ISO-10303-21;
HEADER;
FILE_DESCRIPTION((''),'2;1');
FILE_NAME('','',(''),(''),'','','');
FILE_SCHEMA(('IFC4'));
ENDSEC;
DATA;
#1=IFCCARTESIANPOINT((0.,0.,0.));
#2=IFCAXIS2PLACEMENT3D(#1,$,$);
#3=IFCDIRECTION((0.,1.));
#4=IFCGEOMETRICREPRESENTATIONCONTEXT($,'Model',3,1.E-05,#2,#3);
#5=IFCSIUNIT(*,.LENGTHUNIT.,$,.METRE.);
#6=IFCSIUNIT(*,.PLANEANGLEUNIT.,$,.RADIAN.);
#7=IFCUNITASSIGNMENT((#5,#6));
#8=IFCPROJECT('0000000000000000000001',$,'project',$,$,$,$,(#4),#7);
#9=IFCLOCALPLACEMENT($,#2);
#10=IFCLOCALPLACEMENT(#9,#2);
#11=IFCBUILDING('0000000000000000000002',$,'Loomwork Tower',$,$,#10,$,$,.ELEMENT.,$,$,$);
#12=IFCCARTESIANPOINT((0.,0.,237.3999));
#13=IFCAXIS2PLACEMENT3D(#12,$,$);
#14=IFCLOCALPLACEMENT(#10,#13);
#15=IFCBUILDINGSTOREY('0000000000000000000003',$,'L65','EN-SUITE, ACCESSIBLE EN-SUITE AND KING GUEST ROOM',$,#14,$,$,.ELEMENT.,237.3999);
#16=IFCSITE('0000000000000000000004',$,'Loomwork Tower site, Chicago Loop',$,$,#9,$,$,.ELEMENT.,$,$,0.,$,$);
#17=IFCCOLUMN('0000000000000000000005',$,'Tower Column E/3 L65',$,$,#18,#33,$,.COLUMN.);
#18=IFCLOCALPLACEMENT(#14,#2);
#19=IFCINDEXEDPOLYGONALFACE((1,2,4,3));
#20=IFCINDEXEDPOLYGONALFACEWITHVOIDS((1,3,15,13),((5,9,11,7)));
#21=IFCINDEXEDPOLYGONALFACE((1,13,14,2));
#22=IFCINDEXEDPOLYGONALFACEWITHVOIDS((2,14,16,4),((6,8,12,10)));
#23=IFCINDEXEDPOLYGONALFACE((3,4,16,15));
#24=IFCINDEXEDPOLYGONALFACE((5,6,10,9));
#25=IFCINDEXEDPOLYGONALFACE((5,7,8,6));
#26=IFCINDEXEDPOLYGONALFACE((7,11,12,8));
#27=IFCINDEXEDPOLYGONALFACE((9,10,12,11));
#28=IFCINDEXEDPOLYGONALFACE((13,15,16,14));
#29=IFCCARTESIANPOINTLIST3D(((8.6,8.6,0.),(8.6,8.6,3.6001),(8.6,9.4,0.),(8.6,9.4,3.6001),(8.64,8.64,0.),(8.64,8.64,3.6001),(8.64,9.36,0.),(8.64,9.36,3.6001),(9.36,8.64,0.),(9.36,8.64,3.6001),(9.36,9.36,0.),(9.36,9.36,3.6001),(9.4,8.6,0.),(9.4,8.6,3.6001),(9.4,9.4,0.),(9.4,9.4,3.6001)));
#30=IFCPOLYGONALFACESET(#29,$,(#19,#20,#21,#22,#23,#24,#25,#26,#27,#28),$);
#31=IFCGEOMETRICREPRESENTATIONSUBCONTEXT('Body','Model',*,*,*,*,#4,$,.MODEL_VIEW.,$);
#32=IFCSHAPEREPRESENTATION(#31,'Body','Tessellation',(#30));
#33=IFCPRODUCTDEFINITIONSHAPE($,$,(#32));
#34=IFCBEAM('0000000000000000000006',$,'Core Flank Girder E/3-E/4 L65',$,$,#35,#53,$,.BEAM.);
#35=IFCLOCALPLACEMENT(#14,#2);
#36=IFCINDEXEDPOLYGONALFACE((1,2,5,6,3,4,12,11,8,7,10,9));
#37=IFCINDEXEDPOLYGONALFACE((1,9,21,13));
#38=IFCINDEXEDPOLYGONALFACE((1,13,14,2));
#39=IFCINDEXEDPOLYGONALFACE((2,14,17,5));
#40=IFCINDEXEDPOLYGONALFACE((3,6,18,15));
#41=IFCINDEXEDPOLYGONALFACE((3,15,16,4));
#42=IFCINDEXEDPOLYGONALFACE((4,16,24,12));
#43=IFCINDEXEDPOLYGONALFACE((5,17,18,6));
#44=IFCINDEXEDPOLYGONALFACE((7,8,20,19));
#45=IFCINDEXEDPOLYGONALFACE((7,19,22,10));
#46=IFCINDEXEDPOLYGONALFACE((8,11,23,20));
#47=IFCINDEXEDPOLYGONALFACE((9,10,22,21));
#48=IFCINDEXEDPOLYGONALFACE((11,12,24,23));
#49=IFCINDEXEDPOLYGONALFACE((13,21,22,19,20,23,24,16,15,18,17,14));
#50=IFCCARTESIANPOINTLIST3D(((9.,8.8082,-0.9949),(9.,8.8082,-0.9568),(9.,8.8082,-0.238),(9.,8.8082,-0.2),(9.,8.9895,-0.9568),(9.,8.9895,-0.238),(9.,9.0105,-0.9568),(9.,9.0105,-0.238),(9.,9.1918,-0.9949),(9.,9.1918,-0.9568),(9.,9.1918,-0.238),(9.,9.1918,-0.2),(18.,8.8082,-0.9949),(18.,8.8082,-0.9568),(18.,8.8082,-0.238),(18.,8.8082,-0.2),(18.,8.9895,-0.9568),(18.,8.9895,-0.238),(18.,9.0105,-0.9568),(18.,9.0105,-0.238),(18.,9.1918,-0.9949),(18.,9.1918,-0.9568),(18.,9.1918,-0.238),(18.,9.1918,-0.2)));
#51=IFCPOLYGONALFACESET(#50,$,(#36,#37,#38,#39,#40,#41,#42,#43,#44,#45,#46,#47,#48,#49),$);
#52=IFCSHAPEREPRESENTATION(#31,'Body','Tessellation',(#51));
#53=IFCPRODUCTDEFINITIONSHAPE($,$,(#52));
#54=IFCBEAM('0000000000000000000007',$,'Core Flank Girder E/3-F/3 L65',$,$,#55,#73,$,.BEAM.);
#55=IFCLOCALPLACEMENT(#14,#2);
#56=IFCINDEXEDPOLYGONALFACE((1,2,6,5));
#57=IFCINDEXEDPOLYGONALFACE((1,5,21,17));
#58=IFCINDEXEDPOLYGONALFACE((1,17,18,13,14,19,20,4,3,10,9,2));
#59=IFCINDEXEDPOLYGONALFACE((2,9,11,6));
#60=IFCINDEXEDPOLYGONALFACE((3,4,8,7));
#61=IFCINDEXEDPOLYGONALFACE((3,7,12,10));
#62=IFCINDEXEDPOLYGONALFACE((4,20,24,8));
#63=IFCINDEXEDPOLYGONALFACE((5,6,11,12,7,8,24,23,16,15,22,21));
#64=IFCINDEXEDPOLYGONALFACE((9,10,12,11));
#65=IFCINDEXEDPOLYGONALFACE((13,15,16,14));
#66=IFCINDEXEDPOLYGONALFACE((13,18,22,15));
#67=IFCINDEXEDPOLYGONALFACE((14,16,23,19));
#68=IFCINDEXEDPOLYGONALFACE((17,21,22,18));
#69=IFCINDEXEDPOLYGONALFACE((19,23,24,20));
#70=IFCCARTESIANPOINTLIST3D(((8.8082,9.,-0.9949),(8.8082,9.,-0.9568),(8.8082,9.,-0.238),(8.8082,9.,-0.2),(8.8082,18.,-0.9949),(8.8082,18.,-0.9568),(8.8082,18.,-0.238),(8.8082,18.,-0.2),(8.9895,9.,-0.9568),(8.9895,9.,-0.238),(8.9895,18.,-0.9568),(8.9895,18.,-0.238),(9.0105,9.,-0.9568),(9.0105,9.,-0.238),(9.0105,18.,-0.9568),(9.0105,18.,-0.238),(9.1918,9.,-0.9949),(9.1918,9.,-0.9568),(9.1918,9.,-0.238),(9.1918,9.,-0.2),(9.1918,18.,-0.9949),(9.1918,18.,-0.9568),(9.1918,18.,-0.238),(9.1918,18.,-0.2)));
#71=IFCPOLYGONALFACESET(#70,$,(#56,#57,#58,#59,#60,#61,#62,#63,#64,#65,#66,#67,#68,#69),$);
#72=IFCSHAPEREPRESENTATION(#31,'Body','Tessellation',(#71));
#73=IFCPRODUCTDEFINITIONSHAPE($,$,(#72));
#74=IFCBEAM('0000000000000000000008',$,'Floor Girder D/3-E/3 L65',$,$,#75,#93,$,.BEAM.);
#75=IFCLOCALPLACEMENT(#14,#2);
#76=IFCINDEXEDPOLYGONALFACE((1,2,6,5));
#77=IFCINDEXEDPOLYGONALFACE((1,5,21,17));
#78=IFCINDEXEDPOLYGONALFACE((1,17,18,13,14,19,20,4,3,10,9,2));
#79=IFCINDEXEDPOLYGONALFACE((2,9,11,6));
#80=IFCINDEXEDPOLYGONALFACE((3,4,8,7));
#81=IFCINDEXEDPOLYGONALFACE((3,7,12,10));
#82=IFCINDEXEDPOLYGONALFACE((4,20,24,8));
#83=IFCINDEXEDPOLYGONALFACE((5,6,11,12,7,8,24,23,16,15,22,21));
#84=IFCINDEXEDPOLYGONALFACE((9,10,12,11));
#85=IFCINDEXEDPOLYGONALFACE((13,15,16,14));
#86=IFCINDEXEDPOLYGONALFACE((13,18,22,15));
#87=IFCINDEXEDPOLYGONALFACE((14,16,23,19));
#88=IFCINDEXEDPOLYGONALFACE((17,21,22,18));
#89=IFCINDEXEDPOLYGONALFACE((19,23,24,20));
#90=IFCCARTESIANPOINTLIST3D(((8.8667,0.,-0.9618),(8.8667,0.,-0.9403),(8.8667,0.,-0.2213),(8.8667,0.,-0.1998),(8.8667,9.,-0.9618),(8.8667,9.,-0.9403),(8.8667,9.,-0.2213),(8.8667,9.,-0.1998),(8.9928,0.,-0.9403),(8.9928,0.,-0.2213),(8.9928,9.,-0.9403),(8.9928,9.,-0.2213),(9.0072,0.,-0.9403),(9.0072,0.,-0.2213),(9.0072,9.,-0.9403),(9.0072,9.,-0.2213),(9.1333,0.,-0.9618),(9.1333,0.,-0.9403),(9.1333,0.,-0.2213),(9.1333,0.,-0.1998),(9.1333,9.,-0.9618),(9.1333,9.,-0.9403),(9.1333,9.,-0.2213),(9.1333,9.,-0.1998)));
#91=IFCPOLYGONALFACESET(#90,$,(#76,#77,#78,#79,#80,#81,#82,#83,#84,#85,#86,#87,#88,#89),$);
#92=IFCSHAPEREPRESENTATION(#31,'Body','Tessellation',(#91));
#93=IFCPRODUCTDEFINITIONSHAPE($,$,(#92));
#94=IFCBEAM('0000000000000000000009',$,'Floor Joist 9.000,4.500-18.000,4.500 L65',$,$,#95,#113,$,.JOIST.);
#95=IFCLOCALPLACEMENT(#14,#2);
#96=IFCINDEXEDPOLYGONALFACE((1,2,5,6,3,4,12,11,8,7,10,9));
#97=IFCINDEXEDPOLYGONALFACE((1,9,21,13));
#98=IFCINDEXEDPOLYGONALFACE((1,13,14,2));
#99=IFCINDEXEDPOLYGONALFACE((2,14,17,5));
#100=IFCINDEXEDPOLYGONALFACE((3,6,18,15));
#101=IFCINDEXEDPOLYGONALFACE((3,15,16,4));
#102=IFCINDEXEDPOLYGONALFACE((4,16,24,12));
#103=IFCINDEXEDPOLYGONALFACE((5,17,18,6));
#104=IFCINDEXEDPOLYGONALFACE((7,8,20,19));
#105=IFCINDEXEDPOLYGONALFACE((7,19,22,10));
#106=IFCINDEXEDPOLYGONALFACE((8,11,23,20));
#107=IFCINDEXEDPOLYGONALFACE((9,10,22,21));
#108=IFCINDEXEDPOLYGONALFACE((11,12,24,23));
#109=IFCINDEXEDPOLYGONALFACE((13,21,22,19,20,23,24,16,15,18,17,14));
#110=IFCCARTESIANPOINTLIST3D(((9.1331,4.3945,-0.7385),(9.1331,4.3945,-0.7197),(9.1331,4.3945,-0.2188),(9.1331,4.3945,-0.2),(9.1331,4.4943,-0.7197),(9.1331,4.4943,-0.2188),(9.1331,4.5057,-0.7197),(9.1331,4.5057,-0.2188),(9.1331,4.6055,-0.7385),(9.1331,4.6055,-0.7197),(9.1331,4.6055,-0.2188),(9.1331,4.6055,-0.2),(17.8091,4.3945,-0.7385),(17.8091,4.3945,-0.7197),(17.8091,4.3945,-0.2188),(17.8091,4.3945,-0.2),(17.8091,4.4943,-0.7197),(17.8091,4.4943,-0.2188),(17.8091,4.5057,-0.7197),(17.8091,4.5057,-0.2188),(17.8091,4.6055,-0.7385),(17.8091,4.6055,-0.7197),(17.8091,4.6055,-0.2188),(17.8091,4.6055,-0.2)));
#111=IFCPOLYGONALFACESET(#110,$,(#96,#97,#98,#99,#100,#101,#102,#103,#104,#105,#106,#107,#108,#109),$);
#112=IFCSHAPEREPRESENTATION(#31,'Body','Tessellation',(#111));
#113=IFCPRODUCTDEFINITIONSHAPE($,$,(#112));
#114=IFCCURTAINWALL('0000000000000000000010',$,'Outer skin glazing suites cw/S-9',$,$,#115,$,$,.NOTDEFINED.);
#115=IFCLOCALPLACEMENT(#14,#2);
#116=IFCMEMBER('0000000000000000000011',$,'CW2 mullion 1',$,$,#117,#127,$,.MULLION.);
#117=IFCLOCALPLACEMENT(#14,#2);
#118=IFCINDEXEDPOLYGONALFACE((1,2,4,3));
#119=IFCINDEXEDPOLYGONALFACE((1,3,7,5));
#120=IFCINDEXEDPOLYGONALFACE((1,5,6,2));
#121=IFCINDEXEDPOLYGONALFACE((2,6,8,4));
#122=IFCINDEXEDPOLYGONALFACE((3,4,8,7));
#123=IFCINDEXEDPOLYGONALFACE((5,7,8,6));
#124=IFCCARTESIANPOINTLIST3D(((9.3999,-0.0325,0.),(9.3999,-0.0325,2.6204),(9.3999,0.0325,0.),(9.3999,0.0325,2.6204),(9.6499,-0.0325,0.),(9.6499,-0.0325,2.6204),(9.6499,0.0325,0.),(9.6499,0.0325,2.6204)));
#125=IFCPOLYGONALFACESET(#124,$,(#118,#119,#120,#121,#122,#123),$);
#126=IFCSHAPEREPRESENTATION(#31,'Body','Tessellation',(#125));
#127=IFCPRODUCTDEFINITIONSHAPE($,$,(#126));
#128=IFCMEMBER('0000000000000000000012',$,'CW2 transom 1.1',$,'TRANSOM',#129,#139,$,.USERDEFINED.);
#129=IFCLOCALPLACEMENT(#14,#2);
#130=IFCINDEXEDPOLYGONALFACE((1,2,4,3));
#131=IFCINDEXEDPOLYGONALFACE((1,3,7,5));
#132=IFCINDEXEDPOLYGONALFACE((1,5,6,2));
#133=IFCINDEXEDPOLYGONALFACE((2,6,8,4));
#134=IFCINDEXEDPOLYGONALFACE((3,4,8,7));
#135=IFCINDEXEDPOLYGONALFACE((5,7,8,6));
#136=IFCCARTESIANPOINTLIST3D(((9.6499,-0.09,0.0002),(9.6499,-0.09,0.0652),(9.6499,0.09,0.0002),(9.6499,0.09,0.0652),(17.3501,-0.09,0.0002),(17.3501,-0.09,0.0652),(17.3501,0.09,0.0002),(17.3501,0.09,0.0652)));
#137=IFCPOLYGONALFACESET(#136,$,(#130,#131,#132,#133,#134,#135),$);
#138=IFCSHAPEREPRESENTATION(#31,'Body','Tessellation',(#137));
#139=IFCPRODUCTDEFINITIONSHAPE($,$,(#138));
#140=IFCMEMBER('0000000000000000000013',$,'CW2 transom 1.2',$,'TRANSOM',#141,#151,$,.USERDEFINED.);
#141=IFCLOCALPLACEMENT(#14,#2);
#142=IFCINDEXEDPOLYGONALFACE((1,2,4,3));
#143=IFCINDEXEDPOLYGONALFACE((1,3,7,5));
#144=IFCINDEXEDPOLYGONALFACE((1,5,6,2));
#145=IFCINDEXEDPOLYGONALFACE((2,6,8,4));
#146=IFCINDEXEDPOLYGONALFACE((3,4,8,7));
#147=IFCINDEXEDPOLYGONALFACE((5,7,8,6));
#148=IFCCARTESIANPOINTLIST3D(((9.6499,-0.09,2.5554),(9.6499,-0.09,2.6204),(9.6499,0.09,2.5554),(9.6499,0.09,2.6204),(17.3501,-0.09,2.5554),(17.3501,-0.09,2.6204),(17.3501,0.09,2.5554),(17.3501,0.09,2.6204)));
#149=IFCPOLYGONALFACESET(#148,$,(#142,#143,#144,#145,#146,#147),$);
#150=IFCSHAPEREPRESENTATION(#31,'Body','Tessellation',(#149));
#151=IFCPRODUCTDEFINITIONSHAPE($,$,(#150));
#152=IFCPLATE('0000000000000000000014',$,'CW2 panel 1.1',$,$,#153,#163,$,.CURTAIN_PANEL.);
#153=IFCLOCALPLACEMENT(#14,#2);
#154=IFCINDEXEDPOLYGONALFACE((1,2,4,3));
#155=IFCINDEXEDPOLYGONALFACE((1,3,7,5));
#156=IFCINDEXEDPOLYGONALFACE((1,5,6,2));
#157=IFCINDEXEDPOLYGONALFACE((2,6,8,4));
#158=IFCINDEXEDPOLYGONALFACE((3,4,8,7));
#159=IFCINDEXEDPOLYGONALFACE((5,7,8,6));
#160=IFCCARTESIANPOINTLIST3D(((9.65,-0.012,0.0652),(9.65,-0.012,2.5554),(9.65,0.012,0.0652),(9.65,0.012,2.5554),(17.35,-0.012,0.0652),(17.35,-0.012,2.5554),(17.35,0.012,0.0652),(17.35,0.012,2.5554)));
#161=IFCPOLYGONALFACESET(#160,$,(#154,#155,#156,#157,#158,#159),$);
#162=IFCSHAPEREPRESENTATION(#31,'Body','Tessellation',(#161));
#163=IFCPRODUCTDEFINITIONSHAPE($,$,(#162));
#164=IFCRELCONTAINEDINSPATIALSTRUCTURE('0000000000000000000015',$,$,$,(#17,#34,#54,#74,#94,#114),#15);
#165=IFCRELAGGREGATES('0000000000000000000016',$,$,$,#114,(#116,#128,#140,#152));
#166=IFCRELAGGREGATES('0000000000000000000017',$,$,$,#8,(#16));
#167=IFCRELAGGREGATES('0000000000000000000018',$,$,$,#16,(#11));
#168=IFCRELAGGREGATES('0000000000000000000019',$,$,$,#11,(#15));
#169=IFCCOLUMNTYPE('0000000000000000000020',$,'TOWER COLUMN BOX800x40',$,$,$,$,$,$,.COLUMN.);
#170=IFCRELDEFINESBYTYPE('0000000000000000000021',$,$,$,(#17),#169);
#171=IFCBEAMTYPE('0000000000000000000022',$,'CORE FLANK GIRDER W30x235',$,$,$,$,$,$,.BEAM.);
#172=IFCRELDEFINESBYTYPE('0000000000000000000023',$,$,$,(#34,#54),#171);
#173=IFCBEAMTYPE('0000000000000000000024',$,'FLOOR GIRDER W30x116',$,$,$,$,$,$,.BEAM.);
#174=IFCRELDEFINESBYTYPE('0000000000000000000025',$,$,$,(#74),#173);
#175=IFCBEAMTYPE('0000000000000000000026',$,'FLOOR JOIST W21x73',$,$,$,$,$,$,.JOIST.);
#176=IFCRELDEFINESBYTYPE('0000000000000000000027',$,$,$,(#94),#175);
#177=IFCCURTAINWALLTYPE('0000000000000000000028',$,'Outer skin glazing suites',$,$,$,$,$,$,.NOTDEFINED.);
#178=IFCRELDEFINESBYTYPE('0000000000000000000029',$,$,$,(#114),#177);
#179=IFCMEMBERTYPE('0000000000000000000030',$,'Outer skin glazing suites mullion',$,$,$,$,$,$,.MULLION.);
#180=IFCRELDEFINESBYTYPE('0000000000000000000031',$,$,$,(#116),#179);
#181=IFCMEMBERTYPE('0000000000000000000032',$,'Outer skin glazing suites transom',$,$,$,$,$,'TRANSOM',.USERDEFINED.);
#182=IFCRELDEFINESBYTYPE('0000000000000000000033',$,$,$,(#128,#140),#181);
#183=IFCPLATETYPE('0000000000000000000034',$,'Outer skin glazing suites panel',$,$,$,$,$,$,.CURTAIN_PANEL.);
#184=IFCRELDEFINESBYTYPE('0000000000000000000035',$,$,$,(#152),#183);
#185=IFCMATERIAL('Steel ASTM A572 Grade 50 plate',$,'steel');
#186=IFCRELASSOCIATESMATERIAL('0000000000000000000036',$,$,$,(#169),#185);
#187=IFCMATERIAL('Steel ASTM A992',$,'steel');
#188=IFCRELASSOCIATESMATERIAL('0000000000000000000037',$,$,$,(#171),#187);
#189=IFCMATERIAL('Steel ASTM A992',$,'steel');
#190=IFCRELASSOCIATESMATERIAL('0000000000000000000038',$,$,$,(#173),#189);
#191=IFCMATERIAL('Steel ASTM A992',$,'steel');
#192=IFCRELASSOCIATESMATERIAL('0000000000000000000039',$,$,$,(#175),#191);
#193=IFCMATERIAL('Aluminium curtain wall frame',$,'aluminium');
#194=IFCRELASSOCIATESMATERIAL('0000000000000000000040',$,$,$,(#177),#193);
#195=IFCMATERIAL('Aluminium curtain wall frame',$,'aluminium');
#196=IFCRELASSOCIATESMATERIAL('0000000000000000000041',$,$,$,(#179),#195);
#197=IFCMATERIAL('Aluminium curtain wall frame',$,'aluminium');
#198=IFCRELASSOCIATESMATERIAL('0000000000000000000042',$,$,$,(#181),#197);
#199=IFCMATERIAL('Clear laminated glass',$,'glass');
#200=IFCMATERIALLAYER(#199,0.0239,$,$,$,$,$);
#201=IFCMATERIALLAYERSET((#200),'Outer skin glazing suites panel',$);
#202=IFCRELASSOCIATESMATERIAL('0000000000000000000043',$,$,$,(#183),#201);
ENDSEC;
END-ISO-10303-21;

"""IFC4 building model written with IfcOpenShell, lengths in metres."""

from ifc_helpers import new_model, si_unit, direction, frame, origin, origin_2d, place, context, subcontext, project, spatial, rectangle, hollow_rectangle, i_section, extrude, material, layer, layer_set, material_profile, profile_set, type_object, element, aggregate, save


model = new_model("IFC4")

# Units and contexts
model_context = context("Model", 3, precision=1e-05, world=origin(), true_north=direction((0.0, 1.0)))
body_context = subcontext(model_context, "Body", "Model", "MODEL_VIEW")
ifc_project = project(units=[si_unit("LENGTHUNIT", "METRE"), si_unit("PLANEANGLEUNIT", "RADIAN")], contexts=[model_context])

# Site, building, storey
site_placement = place(None, origin())
site = spatial("IfcSite", under=ifc_project, at=site_placement, Name="Loomwork Tower site, Chicago Loop", CompositionType="ELEMENT", RefElevation=0.0)
building_placement = place(site_placement, origin())
building = spatial("IfcBuilding", under=site, at=building_placement, Name="Loomwork Tower", CompositionType="ELEMENT")
storey_placement = place(building_placement, frame((0.0, 0.0, 237.3999)))
storey = spatial("IfcBuildingStorey", under=building, at=storey_placement, Name="L65", Description="EN-SUITE, ACCESSIBLE EN-SUITE AND KING GUEST ROOM", CompositionType="ELEMENT", Elevation=237.3999)

# Column
ifc_material_1 = material(Name="Steel ASTM A572 Grade 50 plate", Category="steel")
ifc_material_profile_1 = material_profile(ifc_material_1, hollow_rectangle(XDim=0.8, YDim=0.8, WallThickness=0.04, at=origin_2d()), Name="BOX800x40")
ifc_profile_set_1 = profile_set([ifc_material_profile_1], Name="Steel ASTM A572 Grade 50 plate")
column_type = type_object("IfcColumnType", Name="TOWER COLUMN BOX800x40", PredefinedType="COLUMN", material=ifc_profile_set_1)
column_placement = place(storey_placement, frame((9.0, 9.0, 0.0), z_axis=(0.0, 0.0, 1.0), x_axis=(1.0, 0.0, 0.0)))
element("IfcColumn", 1, at=column_placement, inside=storey, type_object=column_type, Name="Tower Column E/3 L65", PredefinedType="COLUMN", context=body_context, shape_type="SweptSolid", body=[
    extrude(hollow_rectangle(XDim=0.8, YDim=0.8, WallThickness=0.04, at=origin_2d()), origin(), (0.0, 0.0, 1.0), 3.6001),
])

# Beams
ifc_material_2 = material(Name="Steel ASTM A992", Category="steel")
ifc_material_profile_2 = material_profile(ifc_material_2, i_section(OverallWidth=0.3835, OverallDepth=0.7949, WebThickness=0.021, FlangeThickness=0.0381, at=origin_2d()), Name="W30x235")
ifc_profile_set_2 = profile_set([ifc_material_profile_2], Name="Steel ASTM A992")
beam_type_1 = type_object("IfcBeamType", Name="CORE FLANK GIRDER W30x235", PredefinedType="BEAM", material=ifc_profile_set_2)
for number, where, z_axis, x_axis, name in (
    (2, (9.0, 9.0, -0.5974), (1.0, 0.0, 0.0), (0.0, 1.0, 0.0), "Core Flank Girder E/3-E/4 L65"),
    (3, (9.0, 9.0, -0.5974), (0.0, 1.0, 0.0), (-1.0, 0.0, 0.0), "Core Flank Girder E/3-F/3 L65"),
):
    element("IfcBeam", number, at=place(storey_placement, frame(where, z_axis=z_axis, x_axis=x_axis)), inside=storey, type_object=beam_type_1, Name=name, PredefinedType="BEAM", context=body_context, shape_type="SweptSolid", body=[
        extrude(i_section(OverallWidth=0.3835, OverallDepth=0.7949, WebThickness=0.021, FlangeThickness=0.0381, at=origin_2d()), origin(), (0.0, 0.0, 1.0), 9.0),
    ])
ifc_material_3 = material(Name="Steel ASTM A992", Category="steel")
ifc_material_profile_3 = material_profile(ifc_material_3, i_section(OverallWidth=0.2666, OverallDepth=0.762, WebThickness=0.0144, FlangeThickness=0.0215, at=origin_2d()), Name="W30x116")
ifc_profile_set_3 = profile_set([ifc_material_profile_3], Name="Steel ASTM A992")
beam_type_2 = type_object("IfcBeamType", Name="FLOOR GIRDER W30x116", PredefinedType="BEAM", material=ifc_profile_set_3)
beam_1_placement = place(storey_placement, frame((9.0, 0.0, -0.5808), z_axis=(0.0, 1.0, 0.0), x_axis=(-1.0, 0.0, 0.0)))
element("IfcBeam", 4, at=beam_1_placement, inside=storey, type_object=beam_type_2, Name="Floor Girder D/3-E/3 L65", PredefinedType="BEAM", context=body_context, shape_type="SweptSolid", body=[
    extrude(i_section(OverallWidth=0.2666, OverallDepth=0.762, WebThickness=0.0144, FlangeThickness=0.0215, at=origin_2d()), origin(), (0.0, 0.0, 1.0), 9.0),
])
ifc_material_4 = material(Name="Steel ASTM A992", Category="steel")
ifc_material_profile_4 = material_profile(ifc_material_4, i_section(OverallWidth=0.2109, OverallDepth=0.5386, WebThickness=0.0115, FlangeThickness=0.0188, at=origin_2d()), Name="W21x73")
ifc_profile_set_4 = profile_set([ifc_material_profile_4], Name="Steel ASTM A992")
beam_type_3 = type_object("IfcBeamType", Name="FLOOR JOIST W21x73", PredefinedType="JOIST", material=ifc_profile_set_4)
beam_2_placement = place(storey_placement, frame((9.1331, 4.5, -0.4692), z_axis=(1.0, 0.0, 0.0), x_axis=(0.0, 1.0, 0.0)))
element("IfcBeam", 5, at=beam_2_placement, inside=storey, type_object=beam_type_3, Name="Floor Joist 9.000,4.500-18.000,4.500 L65", PredefinedType="JOIST", context=body_context, shape_type="SweptSolid", body=[
    extrude(i_section(OverallWidth=0.2109, OverallDepth=0.5386, WebThickness=0.0115, FlangeThickness=0.0188, at=origin_2d()), origin(), (0.0, 0.0, 1.0), 8.676),
])

# Curtain wall, members, plate
ifc_material_5 = material(Name="Aluminium curtain wall frame", Category="aluminium")
curtain_wall_type = type_object("IfcCurtainWallType", Name="Outer skin glazing suites", PredefinedType="NOTDEFINED", material=ifc_material_5)
curtain_wall_placement = place(storey_placement, origin())
curtain_wall = element("IfcCurtainWall", 6, at=curtain_wall_placement, inside=storey, type_object=curtain_wall_type, Name="Outer skin glazing suites cw/S-9", PredefinedType="NOTDEFINED")
ifc_material_6 = material(Name="Aluminium curtain wall frame", Category="aluminium")
ifc_material_profile_5 = material_profile(ifc_material_6, rectangle(XDim=0.0649, YDim=0.25, at=origin_2d()), Name="AL 65x250")
ifc_profile_set_5 = profile_set([ifc_material_profile_5], Name="Aluminium curtain wall frame")
member_type_1 = type_object("IfcMemberType", Name="Outer skin glazing suites mullion", PredefinedType="MULLION", material=ifc_profile_set_5)
member_1_placement = place(storey_placement, frame((9.5249, 0.0, 0.0), z_axis=(0.0, 0.0, 1.0), x_axis=(0.0, 1.0, 0.0)))
member_1 = element("IfcMember", 7, at=member_1_placement, type_object=member_type_1, Name="CW2 mullion 1", PredefinedType="MULLION", context=body_context, shape_type="SweptSolid", body=[
    extrude(rectangle(XDim=0.0649, YDim=0.25, at=origin_2d()), origin(), (0.0, 0.0, 1.0), 2.6204),
])
ifc_material_7 = material(Name="Aluminium curtain wall frame", Category="aluminium")
ifc_material_profile_6 = material_profile(ifc_material_7, rectangle(XDim=0.1799, YDim=0.0649, at=origin_2d()), Name="AL 65x180")
ifc_profile_set_6 = profile_set([ifc_material_profile_6], Name="Aluminium curtain wall frame")
member_type_2 = type_object("IfcMemberType", Name="Outer skin glazing suites transom", ElementType="TRANSOM", PredefinedType="USERDEFINED", material=ifc_profile_set_6)
member_2_placement = place(storey_placement, frame((9.6499, 0.0, 0.0327), z_axis=(1.0, 0.0, 0.0), x_axis=(0.0, 1.0, 0.0)))
member_2 = element("IfcMember", 8, at=member_2_placement, type_object=member_type_2, Name="CW2 transom 1.1", ObjectType="TRANSOM", PredefinedType="USERDEFINED", context=body_context, shape_type="SweptSolid", body=[
    extrude(rectangle(XDim=0.1799, YDim=0.0649, at=origin_2d()), origin(), (0.0, 0.0, 1.0), 7.7002),
])
member_3_placement = place(storey_placement, frame((9.6499, 0.0, 2.5879), z_axis=(1.0, 0.0, 0.0), x_axis=(0.0, 1.0, 0.0)))
member_3 = element("IfcMember", 9, at=member_3_placement, type_object=member_type_2, Name="CW2 transom 1.2", ObjectType="TRANSOM", PredefinedType="USERDEFINED", context=body_context, shape_type="SweptSolid", body=[
    extrude(rectangle(XDim=0.1799, YDim=0.0649, at=origin_2d()), origin(), (0.0, 0.0, 1.0), 7.7002),
])
ifc_material_8 = material(Name="Clear laminated glass", Category="glass")
ifc_layer_1 = layer(ifc_material_8, 0.0239)
ifc_layer_set_1 = layer_set([ifc_layer_1], Name="Outer skin glazing suites panel")
plate_type = type_object("IfcPlateType", Name="Outer skin glazing suites panel", PredefinedType="CURTAIN_PANEL", material=ifc_layer_set_1)
plate_placement = place(storey_placement, frame((13.5, 0.0, 0.0652), z_axis=(0.0, 0.0, 1.0), x_axis=(1.0, 0.0, 0.0)))
plate = element("IfcPlate", 10, at=plate_placement, type_object=plate_type, Name="CW2 panel 1.1", PredefinedType="CURTAIN_PANEL", context=body_context, shape_type="SweptSolid", body=[
    extrude(rectangle(XDim=7.7, YDim=0.0239, at=origin_2d()), origin(), (0.0, 0.0, 1.0), 2.4902),
])
aggregate(curtain_wall, [member_1, member_2, member_3, plate])

save(model, "model.ifc")
